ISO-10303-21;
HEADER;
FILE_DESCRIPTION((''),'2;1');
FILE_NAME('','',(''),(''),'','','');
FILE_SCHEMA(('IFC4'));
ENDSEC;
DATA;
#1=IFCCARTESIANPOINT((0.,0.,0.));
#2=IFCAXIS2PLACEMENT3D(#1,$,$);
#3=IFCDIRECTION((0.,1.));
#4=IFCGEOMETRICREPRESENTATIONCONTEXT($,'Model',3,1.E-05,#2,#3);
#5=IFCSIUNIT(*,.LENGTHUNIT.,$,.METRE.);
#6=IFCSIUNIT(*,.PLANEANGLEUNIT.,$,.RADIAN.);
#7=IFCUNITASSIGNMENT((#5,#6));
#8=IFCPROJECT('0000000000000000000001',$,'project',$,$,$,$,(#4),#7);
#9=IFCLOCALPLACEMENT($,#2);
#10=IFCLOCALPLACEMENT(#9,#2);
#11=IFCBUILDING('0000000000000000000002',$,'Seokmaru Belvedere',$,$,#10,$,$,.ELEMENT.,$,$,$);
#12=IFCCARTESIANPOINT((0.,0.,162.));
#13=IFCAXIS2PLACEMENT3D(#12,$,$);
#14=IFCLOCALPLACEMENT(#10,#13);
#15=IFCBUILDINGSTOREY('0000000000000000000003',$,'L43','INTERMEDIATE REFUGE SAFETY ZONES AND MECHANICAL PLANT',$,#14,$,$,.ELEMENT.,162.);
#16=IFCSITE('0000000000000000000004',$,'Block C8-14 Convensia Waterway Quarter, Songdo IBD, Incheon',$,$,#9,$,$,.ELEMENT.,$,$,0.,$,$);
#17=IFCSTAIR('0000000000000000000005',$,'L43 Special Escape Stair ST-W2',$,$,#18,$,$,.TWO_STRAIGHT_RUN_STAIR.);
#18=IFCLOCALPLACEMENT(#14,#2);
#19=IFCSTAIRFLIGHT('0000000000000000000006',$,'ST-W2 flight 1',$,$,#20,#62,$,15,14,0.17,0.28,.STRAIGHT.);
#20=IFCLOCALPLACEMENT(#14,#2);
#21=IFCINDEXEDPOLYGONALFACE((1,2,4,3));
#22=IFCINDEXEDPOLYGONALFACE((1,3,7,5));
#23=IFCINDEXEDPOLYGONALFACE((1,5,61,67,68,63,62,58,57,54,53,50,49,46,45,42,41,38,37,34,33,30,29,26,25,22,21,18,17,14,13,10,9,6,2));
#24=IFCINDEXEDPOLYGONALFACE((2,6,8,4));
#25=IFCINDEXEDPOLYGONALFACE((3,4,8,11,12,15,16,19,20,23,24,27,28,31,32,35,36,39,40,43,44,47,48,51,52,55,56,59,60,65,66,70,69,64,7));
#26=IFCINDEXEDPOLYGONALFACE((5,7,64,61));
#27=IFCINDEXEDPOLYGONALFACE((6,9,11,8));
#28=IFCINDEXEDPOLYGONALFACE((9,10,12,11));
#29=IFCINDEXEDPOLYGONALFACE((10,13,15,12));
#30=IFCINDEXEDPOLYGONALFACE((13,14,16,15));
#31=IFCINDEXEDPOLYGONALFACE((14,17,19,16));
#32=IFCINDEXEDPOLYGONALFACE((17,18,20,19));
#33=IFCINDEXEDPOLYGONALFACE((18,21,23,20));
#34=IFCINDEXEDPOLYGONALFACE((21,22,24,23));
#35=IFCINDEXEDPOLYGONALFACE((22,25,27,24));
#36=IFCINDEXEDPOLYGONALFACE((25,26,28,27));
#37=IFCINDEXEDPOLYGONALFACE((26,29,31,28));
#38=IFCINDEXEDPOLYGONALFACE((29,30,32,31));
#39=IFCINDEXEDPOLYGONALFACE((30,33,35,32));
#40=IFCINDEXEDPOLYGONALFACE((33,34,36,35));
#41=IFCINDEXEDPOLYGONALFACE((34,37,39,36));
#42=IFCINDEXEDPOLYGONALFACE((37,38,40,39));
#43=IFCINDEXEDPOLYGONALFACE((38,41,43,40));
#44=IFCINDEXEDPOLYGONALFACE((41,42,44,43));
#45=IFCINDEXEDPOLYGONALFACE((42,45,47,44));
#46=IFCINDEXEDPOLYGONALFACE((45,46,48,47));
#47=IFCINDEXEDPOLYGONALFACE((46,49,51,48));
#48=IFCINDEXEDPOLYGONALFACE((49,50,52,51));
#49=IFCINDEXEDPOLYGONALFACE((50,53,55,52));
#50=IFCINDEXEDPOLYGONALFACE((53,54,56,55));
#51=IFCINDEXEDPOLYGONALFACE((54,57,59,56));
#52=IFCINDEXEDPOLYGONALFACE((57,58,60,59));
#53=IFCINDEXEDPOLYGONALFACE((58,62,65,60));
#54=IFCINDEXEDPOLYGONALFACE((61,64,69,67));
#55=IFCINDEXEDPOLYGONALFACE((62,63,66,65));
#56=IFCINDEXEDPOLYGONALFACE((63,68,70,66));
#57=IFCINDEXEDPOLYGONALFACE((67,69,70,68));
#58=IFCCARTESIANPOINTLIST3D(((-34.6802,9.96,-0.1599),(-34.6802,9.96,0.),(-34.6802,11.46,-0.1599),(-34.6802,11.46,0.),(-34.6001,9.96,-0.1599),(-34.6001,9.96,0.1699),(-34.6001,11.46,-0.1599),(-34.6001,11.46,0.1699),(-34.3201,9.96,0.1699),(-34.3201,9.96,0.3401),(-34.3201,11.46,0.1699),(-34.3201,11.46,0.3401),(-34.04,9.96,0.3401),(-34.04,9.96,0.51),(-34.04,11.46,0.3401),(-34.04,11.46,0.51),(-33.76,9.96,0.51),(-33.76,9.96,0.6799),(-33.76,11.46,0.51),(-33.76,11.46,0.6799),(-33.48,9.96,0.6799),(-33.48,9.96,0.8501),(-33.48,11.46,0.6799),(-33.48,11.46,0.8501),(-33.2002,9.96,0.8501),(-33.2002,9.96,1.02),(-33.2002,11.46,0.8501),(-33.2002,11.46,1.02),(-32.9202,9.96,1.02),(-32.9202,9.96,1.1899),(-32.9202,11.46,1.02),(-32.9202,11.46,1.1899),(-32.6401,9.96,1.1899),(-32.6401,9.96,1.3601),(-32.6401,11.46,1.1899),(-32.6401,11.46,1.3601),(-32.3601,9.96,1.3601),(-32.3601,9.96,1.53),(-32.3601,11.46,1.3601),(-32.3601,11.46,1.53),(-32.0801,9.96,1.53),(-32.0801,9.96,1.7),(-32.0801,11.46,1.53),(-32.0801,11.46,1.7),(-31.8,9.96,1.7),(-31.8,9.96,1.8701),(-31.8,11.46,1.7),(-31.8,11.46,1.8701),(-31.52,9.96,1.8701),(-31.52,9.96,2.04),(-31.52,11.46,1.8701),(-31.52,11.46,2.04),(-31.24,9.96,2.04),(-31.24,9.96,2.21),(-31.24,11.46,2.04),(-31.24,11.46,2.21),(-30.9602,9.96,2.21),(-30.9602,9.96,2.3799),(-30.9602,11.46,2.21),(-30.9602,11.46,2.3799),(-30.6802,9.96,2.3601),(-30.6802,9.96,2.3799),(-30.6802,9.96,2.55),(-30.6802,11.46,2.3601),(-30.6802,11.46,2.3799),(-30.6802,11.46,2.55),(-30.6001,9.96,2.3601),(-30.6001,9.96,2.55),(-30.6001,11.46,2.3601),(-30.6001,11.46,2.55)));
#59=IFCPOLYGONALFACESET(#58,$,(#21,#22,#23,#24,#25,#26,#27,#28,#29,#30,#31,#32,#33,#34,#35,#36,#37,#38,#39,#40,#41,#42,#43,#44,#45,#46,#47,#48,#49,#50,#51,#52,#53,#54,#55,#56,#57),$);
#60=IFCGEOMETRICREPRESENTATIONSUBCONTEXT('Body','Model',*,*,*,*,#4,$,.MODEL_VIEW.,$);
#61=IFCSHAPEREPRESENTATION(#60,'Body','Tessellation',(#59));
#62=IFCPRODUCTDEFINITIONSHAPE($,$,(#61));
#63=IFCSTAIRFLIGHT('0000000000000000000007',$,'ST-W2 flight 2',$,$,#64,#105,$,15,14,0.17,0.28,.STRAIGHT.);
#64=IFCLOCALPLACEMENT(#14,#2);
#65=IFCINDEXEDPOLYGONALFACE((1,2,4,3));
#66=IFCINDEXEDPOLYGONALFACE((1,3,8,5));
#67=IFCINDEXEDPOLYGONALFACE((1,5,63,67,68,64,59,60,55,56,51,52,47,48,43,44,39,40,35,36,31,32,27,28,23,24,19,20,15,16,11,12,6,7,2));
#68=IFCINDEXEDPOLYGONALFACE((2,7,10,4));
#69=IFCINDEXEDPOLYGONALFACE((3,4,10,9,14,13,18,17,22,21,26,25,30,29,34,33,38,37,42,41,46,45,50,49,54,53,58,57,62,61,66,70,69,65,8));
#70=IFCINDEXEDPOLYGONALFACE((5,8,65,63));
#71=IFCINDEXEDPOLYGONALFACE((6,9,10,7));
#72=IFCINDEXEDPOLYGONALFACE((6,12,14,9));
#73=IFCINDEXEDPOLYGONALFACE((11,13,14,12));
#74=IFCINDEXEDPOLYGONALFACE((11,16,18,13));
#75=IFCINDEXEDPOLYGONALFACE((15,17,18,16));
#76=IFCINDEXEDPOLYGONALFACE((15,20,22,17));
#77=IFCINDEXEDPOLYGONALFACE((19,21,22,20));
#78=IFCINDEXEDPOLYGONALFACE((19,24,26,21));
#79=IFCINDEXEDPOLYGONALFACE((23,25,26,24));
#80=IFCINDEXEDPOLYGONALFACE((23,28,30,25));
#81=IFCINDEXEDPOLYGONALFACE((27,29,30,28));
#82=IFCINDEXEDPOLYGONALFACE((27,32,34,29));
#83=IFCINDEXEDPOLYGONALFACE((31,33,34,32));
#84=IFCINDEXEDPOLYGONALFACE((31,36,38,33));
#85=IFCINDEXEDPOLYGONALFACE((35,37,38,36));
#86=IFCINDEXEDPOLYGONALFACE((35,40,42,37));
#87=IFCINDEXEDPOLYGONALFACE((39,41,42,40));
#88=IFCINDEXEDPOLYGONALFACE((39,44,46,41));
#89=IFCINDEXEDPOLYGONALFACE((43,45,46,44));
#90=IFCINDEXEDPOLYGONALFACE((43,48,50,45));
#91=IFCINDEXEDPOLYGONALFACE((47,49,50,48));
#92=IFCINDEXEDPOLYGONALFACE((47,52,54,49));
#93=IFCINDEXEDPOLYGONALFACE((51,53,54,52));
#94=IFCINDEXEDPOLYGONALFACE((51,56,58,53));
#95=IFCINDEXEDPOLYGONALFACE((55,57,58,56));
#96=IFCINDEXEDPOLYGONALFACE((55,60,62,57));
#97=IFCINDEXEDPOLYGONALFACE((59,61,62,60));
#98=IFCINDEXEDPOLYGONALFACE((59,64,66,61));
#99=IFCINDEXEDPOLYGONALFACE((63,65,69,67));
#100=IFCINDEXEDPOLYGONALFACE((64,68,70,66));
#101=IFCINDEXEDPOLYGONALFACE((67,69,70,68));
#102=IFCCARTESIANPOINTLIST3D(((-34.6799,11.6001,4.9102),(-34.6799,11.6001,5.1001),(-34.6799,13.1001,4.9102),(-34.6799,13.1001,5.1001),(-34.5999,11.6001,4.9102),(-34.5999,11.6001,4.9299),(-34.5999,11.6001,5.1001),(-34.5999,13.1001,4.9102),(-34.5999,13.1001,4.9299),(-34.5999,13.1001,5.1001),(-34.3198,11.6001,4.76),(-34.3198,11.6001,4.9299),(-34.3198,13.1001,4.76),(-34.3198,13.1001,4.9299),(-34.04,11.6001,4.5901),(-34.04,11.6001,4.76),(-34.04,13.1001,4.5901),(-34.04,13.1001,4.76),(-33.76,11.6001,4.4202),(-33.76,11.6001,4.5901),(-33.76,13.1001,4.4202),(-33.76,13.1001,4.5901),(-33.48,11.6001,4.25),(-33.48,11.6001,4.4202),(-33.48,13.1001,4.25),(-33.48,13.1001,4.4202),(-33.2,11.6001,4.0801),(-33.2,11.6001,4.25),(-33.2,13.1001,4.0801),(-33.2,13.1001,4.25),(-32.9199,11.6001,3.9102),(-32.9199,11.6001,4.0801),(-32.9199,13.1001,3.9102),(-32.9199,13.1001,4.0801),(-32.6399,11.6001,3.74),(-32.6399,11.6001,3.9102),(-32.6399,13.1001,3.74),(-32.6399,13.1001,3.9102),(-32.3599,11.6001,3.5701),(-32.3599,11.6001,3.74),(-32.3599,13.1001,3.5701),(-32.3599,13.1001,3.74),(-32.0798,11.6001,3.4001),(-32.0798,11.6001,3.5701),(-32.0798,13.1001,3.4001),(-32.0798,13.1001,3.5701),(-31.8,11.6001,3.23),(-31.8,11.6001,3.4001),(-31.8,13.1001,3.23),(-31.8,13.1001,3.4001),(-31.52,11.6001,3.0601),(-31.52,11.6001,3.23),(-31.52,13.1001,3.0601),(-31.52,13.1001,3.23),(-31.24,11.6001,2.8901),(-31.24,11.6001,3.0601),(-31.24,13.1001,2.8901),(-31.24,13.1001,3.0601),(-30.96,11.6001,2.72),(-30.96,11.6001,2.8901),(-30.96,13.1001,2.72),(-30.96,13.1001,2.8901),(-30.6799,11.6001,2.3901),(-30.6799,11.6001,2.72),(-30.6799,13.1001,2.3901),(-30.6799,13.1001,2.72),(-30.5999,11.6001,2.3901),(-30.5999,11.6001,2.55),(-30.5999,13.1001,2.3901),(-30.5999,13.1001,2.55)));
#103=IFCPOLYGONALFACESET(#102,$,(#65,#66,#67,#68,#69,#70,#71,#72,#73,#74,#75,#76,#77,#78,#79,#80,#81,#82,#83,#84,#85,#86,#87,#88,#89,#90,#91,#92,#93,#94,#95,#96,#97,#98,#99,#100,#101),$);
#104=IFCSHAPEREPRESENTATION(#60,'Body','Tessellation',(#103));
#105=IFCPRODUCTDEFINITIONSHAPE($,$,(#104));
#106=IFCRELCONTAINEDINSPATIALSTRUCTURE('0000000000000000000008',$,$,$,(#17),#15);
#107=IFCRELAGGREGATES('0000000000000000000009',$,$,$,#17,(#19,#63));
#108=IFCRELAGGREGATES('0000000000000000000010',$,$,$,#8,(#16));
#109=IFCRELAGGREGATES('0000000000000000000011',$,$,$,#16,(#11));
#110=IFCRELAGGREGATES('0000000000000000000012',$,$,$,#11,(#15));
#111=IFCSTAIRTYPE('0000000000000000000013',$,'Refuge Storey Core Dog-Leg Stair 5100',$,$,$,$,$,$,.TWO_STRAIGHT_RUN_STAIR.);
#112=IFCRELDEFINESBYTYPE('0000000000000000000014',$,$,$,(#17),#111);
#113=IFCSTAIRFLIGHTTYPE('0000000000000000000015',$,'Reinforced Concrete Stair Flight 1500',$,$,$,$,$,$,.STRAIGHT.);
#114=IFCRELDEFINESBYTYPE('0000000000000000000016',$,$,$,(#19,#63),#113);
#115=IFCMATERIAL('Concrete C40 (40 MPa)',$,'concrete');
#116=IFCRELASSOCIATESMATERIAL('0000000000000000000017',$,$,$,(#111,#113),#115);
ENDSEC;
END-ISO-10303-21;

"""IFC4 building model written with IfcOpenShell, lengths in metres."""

from ifc_helpers import new_model, si_unit, direction, frame, origin, place, context, subcontext, project, spatial, polyline, outline, extrude, material, type_object, element, aggregate, save


model = new_model("IFC4")

# Units and contexts
model_context = context("Model", 3, precision=1e-05, world=origin(), true_north=direction((0.0, 1.0)))
body_context = subcontext(model_context, "Body", "Model", "MODEL_VIEW")
ifc_project = project(units=[si_unit("LENGTHUNIT", "METRE"), si_unit("PLANEANGLEUNIT", "RADIAN")], contexts=[model_context])

# Site, building, storey
site_placement = place(None, origin())
site = spatial("IfcSite", under=ifc_project, at=site_placement, Name="Block C8-14 Convensia Waterway Quarter, Songdo IBD, Incheon", CompositionType="ELEMENT", RefElevation=0.0)
building_placement = place(site_placement, origin())
building = spatial("IfcBuilding", under=site, at=building_placement, Name="Seokmaru Belvedere", CompositionType="ELEMENT")
storey_placement = place(building_placement, frame((0.0, 0.0, 162.0)))
storey = spatial("IfcBuildingStorey", under=building, at=storey_placement, Name="L43", Description="INTERMEDIATE REFUGE SAFETY ZONES AND MECHANICAL PLANT", CompositionType="ELEMENT", Elevation=162.0)

# Shared definitions
ifc_material_1 = material(Name="Concrete C40 (40 MPa)", Category="concrete")

# Stair, stair flights
stair_type = type_object("IfcStairType", Name="Refuge Storey Core Dog-Leg Stair 5100", PredefinedType="TWO_STRAIGHT_RUN_STAIR", material=ifc_material_1)
stair_placement = place(storey_placement, origin())
stair = element("IfcStair", 1, at=stair_placement, inside=storey, type_object=stair_type, Name="L43 Special Escape Stair ST-W2", PredefinedType="TWO_STRAIGHT_RUN_STAIR")
stair_flight_type = type_object("IfcStairFlightType", Name="Reinforced Concrete Stair Flight 1500", PredefinedType="STRAIGHT", material=ifc_material_1)
stair_flight_1_placement = place(storey_placement, frame((-34.6001, 10.71, 0.0), z_axis=(0.0, 0.0, 1.0), x_axis=(1.0, 0.0, 0.0)))
stair_flight_1 = element("IfcStairFlight", 2, at=stair_flight_1_placement, type_object=stair_flight_type, Name="ST-W2 flight 1", NumberOfRisers=15, NumberOfTreads=14, PredefinedType="STRAIGHT", RiserHeight=0.17, TreadLength=0.28, context=body_context, shape_type="SweptSolid", body=[
    extrude(outline(polyline([(-0.0801, 0.0), (0.0, 0.1699), (0.28, 0.1699), (0.28, 0.3401), (0.5601, 0.3401), (0.5601, 0.51), (0.8401, 0.51), (0.8401, 0.6799), (1.1201, 0.6799), (1.1201, 0.8501), (1.3999, 0.8501), (1.3999, 1.02), (1.6799, 1.02), (1.6799, 1.1899), (1.96, 1.1899), (1.96, 1.3601), (2.24, 1.3601), (2.24, 1.53), (2.52, 1.53), (2.52, 1.7), (2.8, 1.7), (2.8, 1.8701), (3.0801, 1.8701), (3.0801, 2.04), (3.3601, 2.04), (3.3601, 2.21), (3.6399, 2.21), (3.6399, 2.3799), (3.9199, 2.3799), (3.9199, 2.55), (4.0, 2.55), (4.0, 2.3601), (3.9199, 2.3601), (0.0, -0.1599), (-0.0801, -0.1599), (-0.0801, 0.0)])), frame((0.0, 0.75, 0.0), z_axis=(0.0, -1.0, 0.0), x_axis=(1.0, 0.0, 0.0)), (0.0, 0.0, 1.0), 1.5),
])
stair_flight_2_placement = place(storey_placement, frame((-30.6799, 12.3501, 2.55), z_axis=(0.0, 0.0, 1.0), x_axis=(-1.0, 0.0, 0.0)))
stair_flight_2 = element("IfcStairFlight", 3, at=stair_flight_2_placement, type_object=stair_flight_type, Name="ST-W2 flight 2", NumberOfRisers=15, NumberOfTreads=14, PredefinedType="STRAIGHT", RiserHeight=0.17, TreadLength=0.28, context=body_context, shape_type="SweptSolid", body=[
    extrude(outline(polyline([(-0.0801, 0.0), (0.0, 0.1699), (0.28, 0.1699), (0.28, 0.3401), (0.5601, 0.3401), (0.5601, 0.51), (0.8401, 0.51), (0.8401, 0.6799), (1.1201, 0.6799), (1.1201, 0.8501), (1.3999, 0.8501), (1.3999, 1.02), (1.6799, 1.02), (1.6799, 1.1899), (1.96, 1.1899), (1.96, 1.3601), (2.24, 1.3601), (2.24, 1.53), (2.52, 1.53), (2.52, 1.7), (2.8, 1.7), (2.8, 1.8701), (3.0801, 1.8701), (3.0801, 2.04), (3.3601, 2.04), (3.3601, 2.21), (3.6399, 2.21), (3.6399, 2.3799), (3.9199, 2.3799), (3.9199, 2.55), (4.0, 2.55), (4.0, 2.3601), (3.9199, 2.3601), (0.0, -0.1599), (-0.0801, -0.1599), (-0.0801, 0.0)])), frame((0.0, 0.75, 0.0), z_axis=(0.0, -1.0, 0.0), x_axis=(1.0, 0.0, 0.0)), (0.0, 0.0, 1.0), 1.5),
])
aggregate(stair, [stair_flight_1, stair_flight_2])

save(model, "model.ifc")
